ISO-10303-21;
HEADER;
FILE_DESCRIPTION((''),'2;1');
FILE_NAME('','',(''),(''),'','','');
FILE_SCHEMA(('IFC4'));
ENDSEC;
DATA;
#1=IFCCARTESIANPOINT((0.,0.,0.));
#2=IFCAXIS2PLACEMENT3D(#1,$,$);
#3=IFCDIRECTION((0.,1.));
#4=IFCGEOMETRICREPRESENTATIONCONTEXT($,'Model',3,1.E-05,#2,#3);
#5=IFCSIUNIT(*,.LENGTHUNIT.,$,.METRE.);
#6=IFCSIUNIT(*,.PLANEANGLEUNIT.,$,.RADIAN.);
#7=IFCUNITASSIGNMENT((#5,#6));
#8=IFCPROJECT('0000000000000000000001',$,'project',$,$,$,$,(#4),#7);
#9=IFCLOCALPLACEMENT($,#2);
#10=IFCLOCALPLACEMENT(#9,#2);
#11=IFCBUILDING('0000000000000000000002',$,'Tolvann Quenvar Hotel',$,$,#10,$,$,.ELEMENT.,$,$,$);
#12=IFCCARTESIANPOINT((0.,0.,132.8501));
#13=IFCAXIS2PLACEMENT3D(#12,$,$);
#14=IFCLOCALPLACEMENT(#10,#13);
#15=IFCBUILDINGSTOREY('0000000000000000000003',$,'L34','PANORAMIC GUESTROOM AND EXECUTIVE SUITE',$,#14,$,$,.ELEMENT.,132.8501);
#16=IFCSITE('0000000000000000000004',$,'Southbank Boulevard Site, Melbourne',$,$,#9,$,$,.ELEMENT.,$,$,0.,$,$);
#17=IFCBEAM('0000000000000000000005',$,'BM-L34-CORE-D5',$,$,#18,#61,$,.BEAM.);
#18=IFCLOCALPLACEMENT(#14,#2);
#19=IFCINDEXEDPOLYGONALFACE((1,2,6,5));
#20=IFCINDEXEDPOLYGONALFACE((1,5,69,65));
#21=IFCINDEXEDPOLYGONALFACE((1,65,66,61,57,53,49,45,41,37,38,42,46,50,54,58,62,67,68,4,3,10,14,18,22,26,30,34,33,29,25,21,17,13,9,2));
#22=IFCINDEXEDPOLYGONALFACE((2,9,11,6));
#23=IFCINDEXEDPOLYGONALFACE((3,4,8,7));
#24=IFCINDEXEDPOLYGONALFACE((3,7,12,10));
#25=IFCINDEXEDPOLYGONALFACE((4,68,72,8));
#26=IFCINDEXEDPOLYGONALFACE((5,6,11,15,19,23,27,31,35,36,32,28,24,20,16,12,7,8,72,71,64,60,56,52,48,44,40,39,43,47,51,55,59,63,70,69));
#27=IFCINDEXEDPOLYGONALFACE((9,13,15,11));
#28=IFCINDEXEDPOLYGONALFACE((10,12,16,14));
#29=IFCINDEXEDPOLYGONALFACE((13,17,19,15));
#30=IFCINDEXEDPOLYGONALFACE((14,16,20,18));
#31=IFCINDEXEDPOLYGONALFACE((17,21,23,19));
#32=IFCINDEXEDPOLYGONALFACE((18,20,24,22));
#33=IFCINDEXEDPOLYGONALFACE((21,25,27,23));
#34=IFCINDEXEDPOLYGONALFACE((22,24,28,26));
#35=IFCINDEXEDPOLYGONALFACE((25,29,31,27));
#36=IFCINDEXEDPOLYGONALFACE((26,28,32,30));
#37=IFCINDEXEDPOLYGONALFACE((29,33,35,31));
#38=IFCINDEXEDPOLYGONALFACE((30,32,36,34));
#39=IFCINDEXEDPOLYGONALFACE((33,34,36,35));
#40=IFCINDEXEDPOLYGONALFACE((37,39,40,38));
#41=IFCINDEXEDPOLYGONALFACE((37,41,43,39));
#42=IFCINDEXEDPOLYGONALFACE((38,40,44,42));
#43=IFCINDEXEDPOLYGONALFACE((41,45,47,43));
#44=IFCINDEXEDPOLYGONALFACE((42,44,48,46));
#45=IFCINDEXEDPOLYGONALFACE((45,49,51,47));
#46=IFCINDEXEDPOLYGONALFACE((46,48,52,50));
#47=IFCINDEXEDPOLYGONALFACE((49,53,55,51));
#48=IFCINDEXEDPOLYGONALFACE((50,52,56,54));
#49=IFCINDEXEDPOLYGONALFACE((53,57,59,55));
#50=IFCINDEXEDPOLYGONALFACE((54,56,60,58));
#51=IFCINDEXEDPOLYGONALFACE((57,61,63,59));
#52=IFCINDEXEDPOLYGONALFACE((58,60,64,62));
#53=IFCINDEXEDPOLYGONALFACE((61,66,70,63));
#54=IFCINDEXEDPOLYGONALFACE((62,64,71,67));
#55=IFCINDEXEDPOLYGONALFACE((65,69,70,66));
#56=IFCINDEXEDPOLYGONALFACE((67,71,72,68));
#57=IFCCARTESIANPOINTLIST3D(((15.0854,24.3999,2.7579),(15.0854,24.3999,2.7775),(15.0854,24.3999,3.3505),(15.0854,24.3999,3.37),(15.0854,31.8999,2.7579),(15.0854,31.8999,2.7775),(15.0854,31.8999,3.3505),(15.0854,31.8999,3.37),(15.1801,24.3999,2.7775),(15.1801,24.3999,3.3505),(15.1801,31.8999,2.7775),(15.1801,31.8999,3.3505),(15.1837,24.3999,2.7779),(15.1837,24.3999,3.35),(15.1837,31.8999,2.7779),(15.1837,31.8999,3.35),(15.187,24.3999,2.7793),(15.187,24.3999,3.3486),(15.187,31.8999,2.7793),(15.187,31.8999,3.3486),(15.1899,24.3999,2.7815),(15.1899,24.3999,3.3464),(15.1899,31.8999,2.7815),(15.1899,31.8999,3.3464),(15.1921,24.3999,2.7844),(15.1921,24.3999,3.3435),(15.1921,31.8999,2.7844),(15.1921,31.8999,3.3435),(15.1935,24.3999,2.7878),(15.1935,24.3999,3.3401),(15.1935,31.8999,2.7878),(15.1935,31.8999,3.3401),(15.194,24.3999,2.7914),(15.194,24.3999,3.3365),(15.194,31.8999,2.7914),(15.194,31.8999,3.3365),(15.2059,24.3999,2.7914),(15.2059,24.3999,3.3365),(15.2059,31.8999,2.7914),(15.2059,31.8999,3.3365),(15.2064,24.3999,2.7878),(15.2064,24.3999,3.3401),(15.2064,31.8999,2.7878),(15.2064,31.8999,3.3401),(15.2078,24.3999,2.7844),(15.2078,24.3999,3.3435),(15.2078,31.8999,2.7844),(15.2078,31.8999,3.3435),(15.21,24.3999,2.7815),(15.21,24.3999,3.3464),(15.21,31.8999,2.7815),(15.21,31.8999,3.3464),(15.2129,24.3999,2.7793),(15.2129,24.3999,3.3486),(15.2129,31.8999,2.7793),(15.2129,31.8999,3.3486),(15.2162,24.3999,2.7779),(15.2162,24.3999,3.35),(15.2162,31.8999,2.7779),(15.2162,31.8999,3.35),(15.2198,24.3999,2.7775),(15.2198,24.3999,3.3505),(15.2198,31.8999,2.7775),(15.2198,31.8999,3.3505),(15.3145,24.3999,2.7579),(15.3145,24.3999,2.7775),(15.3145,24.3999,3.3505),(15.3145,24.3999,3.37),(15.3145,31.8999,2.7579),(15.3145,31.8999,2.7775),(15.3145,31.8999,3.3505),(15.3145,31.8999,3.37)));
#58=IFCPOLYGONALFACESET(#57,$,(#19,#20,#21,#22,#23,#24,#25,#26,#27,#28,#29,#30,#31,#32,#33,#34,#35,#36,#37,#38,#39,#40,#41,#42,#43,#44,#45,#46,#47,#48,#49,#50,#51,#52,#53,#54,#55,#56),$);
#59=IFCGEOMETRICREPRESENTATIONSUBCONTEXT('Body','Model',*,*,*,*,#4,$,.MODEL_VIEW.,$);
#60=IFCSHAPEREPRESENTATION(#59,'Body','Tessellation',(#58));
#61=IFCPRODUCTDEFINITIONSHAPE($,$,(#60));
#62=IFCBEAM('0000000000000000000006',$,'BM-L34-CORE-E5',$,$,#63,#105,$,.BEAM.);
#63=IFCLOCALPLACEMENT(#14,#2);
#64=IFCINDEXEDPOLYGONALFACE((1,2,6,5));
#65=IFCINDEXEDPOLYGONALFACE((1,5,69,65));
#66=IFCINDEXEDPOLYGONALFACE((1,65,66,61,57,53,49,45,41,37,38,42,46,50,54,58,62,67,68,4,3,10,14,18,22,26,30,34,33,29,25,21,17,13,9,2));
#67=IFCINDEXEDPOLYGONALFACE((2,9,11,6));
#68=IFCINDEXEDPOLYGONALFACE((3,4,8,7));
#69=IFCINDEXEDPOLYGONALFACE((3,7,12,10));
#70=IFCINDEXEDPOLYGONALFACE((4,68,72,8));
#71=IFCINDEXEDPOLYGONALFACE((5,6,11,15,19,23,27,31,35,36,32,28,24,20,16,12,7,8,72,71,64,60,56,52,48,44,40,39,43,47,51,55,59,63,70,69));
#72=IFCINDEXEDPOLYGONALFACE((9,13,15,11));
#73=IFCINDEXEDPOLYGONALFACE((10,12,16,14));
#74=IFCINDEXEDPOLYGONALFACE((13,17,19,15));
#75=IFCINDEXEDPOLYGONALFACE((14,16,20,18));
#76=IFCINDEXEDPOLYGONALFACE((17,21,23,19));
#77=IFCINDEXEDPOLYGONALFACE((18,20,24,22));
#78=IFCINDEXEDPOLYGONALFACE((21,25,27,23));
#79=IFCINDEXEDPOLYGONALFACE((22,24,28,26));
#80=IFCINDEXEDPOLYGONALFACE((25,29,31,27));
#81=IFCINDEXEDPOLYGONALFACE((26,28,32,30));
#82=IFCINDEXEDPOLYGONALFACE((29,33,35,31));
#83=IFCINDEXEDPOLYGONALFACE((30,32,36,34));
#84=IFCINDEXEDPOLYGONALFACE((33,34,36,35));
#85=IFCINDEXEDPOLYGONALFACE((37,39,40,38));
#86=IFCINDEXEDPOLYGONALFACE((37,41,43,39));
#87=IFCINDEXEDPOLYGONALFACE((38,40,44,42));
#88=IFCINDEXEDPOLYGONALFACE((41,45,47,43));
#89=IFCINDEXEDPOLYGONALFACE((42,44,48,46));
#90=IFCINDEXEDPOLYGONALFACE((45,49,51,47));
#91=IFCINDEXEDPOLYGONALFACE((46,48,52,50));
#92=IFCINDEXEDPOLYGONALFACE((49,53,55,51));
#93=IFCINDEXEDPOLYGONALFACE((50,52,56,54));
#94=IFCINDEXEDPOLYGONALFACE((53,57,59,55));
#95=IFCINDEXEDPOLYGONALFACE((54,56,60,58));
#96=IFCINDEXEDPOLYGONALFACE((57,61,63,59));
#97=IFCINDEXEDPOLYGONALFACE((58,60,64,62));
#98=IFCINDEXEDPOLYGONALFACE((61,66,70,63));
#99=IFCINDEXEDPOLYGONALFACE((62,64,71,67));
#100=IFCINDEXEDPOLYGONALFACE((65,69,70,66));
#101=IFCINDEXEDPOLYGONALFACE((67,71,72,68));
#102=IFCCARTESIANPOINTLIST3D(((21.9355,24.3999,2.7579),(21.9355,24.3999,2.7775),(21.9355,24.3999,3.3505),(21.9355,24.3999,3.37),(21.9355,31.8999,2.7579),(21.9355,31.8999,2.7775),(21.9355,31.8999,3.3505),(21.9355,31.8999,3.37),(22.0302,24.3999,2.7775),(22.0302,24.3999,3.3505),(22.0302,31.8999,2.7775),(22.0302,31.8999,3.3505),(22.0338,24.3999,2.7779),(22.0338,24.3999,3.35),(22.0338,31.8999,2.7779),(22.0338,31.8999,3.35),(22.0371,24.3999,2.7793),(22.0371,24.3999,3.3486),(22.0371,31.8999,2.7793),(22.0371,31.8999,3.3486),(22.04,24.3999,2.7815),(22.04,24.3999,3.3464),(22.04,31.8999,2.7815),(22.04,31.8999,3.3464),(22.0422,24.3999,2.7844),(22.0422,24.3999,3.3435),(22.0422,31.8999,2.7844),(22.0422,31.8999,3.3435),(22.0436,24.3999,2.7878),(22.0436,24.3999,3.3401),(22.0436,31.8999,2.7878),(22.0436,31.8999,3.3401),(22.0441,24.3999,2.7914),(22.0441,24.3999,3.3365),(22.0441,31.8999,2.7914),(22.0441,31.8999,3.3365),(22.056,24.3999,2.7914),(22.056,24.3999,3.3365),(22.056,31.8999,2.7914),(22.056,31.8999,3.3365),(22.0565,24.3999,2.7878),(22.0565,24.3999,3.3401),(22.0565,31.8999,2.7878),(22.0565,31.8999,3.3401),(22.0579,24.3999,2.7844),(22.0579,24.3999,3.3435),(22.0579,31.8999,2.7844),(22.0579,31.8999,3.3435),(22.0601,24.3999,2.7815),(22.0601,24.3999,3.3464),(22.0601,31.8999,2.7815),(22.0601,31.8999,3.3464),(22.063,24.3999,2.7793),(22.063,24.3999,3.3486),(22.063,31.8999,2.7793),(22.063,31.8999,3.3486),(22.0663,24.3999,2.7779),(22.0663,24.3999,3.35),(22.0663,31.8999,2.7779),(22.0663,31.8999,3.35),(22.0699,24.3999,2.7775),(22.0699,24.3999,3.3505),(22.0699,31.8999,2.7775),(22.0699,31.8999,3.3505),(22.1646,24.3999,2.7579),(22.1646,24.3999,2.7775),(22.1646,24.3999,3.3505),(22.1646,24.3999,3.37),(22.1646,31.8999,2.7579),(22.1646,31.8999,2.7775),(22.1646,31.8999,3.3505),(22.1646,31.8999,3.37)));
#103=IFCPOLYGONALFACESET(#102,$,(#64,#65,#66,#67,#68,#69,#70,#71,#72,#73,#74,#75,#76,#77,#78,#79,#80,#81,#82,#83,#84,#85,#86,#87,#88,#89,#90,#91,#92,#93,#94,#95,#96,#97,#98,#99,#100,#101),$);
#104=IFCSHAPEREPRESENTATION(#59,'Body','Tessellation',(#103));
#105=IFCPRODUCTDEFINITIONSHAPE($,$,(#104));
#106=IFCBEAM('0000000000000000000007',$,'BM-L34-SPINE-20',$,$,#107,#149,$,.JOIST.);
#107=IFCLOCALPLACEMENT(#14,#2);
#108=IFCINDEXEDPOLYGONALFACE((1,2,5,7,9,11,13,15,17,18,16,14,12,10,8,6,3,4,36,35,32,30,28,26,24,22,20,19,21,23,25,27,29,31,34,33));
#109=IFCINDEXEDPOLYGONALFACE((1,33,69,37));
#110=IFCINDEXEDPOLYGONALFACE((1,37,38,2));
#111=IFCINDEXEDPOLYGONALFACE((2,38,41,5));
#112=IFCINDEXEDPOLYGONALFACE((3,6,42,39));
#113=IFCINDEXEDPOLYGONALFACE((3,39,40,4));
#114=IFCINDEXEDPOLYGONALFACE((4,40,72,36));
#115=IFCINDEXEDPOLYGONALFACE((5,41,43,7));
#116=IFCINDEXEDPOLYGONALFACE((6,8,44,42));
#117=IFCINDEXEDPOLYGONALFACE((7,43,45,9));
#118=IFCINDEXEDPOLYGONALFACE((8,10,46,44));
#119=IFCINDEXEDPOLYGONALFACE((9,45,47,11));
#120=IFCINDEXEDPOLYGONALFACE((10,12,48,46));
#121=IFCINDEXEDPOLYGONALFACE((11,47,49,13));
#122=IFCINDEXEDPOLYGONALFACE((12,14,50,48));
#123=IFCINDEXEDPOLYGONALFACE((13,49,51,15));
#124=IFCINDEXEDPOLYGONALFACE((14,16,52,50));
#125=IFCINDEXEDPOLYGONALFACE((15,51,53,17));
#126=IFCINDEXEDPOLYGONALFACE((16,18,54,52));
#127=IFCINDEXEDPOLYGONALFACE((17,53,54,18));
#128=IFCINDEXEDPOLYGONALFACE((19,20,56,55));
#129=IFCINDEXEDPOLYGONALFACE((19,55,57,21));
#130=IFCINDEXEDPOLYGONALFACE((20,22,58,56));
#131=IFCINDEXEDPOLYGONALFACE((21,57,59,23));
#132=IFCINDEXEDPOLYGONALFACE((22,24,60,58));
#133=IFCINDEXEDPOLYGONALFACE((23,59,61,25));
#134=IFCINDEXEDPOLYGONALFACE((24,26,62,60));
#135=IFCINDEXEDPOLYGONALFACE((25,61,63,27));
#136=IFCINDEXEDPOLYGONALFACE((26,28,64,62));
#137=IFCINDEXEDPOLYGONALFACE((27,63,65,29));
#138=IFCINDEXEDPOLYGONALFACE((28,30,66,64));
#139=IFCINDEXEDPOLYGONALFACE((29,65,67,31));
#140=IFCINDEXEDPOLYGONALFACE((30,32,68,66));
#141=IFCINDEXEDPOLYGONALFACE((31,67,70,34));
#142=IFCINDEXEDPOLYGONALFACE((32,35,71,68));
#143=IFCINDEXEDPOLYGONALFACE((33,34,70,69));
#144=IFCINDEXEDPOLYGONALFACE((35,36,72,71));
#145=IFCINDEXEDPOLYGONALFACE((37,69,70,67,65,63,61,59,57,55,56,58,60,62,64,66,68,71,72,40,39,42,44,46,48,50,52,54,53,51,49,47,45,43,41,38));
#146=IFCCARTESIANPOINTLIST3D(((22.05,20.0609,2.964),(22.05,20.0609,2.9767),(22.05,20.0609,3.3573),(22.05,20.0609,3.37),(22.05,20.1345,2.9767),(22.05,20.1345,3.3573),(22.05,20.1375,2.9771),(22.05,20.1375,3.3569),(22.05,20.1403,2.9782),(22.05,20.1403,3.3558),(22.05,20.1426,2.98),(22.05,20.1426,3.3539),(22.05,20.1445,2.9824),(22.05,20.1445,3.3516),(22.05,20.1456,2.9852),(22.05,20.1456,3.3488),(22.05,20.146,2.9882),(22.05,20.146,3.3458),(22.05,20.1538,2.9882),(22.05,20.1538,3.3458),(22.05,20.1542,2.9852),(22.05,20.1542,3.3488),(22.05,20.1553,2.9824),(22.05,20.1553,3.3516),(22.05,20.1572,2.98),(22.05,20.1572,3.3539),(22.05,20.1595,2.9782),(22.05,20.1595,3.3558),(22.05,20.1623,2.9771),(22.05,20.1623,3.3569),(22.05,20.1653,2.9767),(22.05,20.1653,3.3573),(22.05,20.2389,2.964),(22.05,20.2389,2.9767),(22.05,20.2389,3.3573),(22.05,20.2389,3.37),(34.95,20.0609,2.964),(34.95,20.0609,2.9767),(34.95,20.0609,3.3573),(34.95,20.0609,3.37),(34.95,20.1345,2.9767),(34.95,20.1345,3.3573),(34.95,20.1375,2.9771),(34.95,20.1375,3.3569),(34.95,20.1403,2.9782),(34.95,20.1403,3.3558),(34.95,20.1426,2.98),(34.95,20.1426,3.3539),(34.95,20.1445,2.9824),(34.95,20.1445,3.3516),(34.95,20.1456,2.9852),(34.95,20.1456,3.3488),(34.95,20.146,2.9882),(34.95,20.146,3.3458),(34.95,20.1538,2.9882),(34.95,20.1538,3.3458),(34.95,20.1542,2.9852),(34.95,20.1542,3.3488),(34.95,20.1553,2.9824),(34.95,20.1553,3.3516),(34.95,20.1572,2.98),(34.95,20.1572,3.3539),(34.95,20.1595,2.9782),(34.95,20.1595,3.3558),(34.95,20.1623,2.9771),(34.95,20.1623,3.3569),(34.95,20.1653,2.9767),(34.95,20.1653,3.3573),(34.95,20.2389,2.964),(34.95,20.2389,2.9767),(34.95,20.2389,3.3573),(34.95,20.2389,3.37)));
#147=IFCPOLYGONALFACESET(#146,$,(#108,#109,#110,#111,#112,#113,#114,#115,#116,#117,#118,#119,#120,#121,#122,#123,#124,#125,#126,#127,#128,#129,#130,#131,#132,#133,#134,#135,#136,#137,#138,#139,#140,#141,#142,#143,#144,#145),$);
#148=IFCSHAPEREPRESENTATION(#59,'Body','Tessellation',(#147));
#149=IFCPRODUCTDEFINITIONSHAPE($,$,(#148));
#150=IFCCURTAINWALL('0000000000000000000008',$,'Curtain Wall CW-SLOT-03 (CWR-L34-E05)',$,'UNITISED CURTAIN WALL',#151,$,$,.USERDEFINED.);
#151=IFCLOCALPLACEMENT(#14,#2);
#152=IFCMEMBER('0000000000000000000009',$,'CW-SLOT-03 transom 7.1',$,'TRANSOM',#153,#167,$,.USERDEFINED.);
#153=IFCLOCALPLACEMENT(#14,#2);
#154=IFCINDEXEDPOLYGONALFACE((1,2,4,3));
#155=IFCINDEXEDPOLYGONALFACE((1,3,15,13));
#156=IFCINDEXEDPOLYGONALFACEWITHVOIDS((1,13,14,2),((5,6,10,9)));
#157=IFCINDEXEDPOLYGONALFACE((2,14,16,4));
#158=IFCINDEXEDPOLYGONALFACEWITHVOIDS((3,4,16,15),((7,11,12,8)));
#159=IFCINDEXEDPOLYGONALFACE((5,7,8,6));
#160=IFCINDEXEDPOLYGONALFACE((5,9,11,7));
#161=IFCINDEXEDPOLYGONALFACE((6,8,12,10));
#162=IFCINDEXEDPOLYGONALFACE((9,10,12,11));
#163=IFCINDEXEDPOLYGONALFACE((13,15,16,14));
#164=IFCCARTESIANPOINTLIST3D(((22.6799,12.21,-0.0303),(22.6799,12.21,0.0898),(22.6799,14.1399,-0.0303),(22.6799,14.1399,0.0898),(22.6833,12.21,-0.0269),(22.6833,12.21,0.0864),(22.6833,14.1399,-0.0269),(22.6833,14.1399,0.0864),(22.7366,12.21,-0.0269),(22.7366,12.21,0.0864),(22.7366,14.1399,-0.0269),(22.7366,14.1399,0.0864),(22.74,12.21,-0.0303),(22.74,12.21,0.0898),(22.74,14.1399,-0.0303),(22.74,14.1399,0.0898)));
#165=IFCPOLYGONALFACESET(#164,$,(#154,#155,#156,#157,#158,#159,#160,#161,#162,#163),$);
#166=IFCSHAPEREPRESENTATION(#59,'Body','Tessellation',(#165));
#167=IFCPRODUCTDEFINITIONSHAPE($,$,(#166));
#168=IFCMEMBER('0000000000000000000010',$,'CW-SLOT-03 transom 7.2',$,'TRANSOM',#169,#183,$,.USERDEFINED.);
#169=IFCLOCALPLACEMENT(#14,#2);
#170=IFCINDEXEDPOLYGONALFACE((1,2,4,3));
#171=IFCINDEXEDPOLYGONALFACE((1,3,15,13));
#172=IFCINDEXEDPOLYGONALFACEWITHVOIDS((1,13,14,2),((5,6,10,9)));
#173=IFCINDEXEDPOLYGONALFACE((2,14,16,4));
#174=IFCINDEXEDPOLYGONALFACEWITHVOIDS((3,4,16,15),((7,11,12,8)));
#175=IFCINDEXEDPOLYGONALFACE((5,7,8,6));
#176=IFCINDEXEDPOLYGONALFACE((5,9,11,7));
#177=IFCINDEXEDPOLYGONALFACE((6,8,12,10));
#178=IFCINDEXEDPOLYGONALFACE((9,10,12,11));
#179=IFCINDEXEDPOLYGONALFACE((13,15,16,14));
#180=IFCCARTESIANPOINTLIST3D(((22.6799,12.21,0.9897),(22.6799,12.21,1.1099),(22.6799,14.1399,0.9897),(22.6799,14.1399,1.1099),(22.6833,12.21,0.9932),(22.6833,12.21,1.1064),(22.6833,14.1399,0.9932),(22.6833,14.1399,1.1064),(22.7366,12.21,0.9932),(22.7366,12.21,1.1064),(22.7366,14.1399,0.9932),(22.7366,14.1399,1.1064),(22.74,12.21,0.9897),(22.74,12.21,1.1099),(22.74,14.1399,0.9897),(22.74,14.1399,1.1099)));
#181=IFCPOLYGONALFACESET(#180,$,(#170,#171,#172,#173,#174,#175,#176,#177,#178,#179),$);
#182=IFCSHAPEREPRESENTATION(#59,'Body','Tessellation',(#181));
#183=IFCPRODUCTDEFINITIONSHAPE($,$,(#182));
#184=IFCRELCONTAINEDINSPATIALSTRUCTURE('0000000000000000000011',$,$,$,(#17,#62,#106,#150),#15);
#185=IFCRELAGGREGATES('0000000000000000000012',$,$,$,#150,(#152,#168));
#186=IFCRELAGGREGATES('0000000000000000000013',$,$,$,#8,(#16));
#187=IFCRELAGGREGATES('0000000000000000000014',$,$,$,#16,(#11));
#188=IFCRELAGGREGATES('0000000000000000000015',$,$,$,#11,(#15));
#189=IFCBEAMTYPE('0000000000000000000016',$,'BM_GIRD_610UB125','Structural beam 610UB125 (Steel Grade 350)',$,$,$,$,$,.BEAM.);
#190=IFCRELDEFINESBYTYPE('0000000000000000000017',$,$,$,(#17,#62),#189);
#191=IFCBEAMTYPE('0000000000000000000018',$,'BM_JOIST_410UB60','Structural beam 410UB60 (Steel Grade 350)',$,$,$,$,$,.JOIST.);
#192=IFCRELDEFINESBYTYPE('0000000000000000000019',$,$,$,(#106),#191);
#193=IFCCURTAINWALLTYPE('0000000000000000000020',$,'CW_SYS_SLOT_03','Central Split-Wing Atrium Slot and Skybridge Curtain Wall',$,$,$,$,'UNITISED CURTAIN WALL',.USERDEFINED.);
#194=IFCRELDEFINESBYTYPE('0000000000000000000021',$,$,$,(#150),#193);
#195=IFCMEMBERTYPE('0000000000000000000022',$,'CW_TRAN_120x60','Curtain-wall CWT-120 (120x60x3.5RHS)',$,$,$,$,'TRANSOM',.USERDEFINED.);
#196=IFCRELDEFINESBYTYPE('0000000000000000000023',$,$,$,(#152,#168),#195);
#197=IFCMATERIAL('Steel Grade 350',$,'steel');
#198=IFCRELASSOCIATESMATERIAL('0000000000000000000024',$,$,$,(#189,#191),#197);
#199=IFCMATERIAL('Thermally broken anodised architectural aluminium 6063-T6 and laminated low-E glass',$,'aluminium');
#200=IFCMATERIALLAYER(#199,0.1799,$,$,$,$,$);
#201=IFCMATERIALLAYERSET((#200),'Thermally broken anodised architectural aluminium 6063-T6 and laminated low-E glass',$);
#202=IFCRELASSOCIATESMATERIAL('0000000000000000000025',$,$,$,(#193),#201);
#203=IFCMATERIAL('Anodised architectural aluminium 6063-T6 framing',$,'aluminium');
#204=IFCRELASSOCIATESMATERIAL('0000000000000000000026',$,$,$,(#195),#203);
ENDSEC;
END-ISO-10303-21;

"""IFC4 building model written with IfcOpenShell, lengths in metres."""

from ifc_helpers import new_model, si_unit, direction, frame, origin, origin_2d, place, context, subcontext, project, spatial, hollow_rectangle, i_section, extrude, source, transform, mapped, material, layer, layer_set, material_profile, profile_set, type_object, type_shapes, element, aggregate, save


model = new_model("IFC4")

# Units and contexts
model_context = context("Model", 3, precision=1e-05, world=origin(), true_north=direction((0.0, 1.0)))
body_context = subcontext(model_context, "Body", "Model", "MODEL_VIEW")
ifc_project = project(units=[si_unit("LENGTHUNIT", "METRE"), si_unit("PLANEANGLEUNIT", "RADIAN")], contexts=[model_context])

# Site, building, storey
site_placement = place(None, origin())
site = spatial("IfcSite", under=ifc_project, at=site_placement, Name="Southbank Boulevard Site, Melbourne", CompositionType="ELEMENT", RefElevation=0.0)
building_placement = place(site_placement, origin())
building = spatial("IfcBuilding", under=site, at=building_placement, Name="Tolvann Quenvar Hotel", CompositionType="ELEMENT")
storey_placement = place(building_placement, frame((0.0, 0.0, 132.8501)))
storey = spatial("IfcBuildingStorey", under=building, at=storey_placement, Name="L34", Description="PANORAMIC GUESTROOM AND EXECUTIVE SUITE", CompositionType="ELEMENT", Elevation=132.8501)

# Shared definitions
ifc_material_1 = material(Name="Steel Grade 350", Category="steel")

# Beams
ifc_material_profile_1 = material_profile(ifc_material_1, i_section(OverallWidth=0.229, OverallDepth=0.6121, WebThickness=0.012, FlangeThickness=0.0195, FilletRadius=0.0139, at=origin_2d()), Name="610UB125")
ifc_profile_set_1 = profile_set([ifc_material_profile_1], Name="Steel Grade 350")
beam_type_1 = type_object("IfcBeamType", Name="BM_GIRD_610UB125", Description="Structural beam 610UB125 (Steel Grade 350)", PredefinedType="BEAM", material=ifc_profile_set_1)
shared_shape_1 = source(origin(), body_context, "Body", "SweptSolid", [
    extrude(i_section(OverallWidth=0.229, OverallDepth=0.6121, WebThickness=0.012, FlangeThickness=0.0195, FilletRadius=0.0139, at=origin_2d()), origin(), (0.0, 0.0, 1.0), 7.5),
])
for number, where, z_axis, x_axis, name in (
    (1, (15.2, 24.3999, 3.064), (0.0, 1.0, 0.0), (-1.0, 0.0, 0.0), "BM-L34-CORE-D5"),
    (2, (22.05, 24.3999, 3.064), (0.0, 1.0, 0.0), (-1.0, 0.0, 0.0), "BM-L34-CORE-E5"),
):
    element("IfcBeam", number, at=place(storey_placement, frame(where, z_axis=z_axis, x_axis=x_axis)), inside=storey, type_object=beam_type_1, Name=name, PredefinedType="BEAM", context=body_context, shape_type="MappedRepresentation", body=[
        mapped(shared_shape_1, transform((0.0, 0.0, 0.0), x_axis=(1.0, 0.0, 0.0), y_axis=(0.0, 1.0, 0.0), z_axis=(0.0, 0.0, 1.0), scale=1.0)),
    ])
ifc_material_profile_2 = material_profile(ifc_material_1, i_section(OverallWidth=0.178, OverallDepth=0.406, WebThickness=0.0078, FlangeThickness=0.0127, FilletRadius=0.0115, at=origin_2d()), Name="410UB60")
ifc_profile_set_2 = profile_set([ifc_material_profile_2], Name="Steel Grade 350")
beam_type_2 = type_object("IfcBeamType", Name="BM_JOIST_410UB60", Description="Structural beam 410UB60 (Steel Grade 350)", PredefinedType="JOIST", material=ifc_profile_set_2)
shared_shape_2 = source(origin(), body_context, "Body", "SweptSolid", [
    extrude(i_section(OverallWidth=0.178, OverallDepth=0.406, WebThickness=0.0078, FlangeThickness=0.0127, FilletRadius=0.0115, at=origin_2d()), origin(), (0.0, 0.0, 1.0), 12.8999),
])
type_shapes(beam_type_2, [shared_shape_2])
beam_1_placement = place(storey_placement, frame((22.05, 20.1499, 3.167), z_axis=(1.0, 0.0, 0.0), x_axis=(0.0, 1.0, 0.0)))
element("IfcBeam", 3, at=beam_1_placement, inside=storey, type_object=beam_type_2, Name="BM-L34-SPINE-20", PredefinedType="JOIST", context=body_context, shape_type="MappedRepresentation", body=[
    mapped(shared_shape_2, transform((0.0, 0.0, 0.0), x_axis=(1.0, 0.0, 0.0), y_axis=(0.0, 1.0, 0.0), z_axis=(0.0, 0.0, 1.0), scale=1.0)),
])

# Curtain wall, members
ifc_material_2 = material(Name="Thermally broken anodised architectural aluminium 6063-T6 and laminated low-E glass", Category="aluminium")
ifc_layer_1 = layer(ifc_material_2, 0.1799)
ifc_layer_set_1 = layer_set([ifc_layer_1], Name="Thermally broken anodised architectural aluminium 6063-T6 and laminated low-E glass")
curtain_wall_type = type_object("IfcCurtainWallType", Name="CW_SYS_SLOT_03", Description="Central Split-Wing Atrium Slot and Skybridge Curtain Wall", ElementType="UNITISED CURTAIN WALL", PredefinedType="USERDEFINED", material=ifc_layer_set_1)
curtain_wall_placement = place(storey_placement, origin())
curtain_wall = element("IfcCurtainWall", 4, at=curtain_wall_placement, inside=storey, type_object=curtain_wall_type, Name="Curtain Wall CW-SLOT-03 (CWR-L34-E05)", ObjectType="UNITISED CURTAIN WALL", PredefinedType="USERDEFINED")
ifc_material_3 = material(Name="Anodised architectural aluminium 6063-T6 framing", Category="aluminium")
ifc_material_profile_3 = material_profile(ifc_material_3, hollow_rectangle(XDim=0.0601, YDim=0.1201, WallThickness=0.0034, at=origin_2d()), Name="120x60x3.5RHS")
ifc_profile_set_3 = profile_set([ifc_material_profile_3], Name="Anodised architectural aluminium 6063-T6 framing")
member_type_1 = type_object("IfcMemberType", Name="CW_TRAN_120x60", Description="Curtain-wall CWT-120 (120x60x3.5RHS)", ElementType="TRANSOM", PredefinedType="USERDEFINED", material=ifc_profile_set_3)
shared_shape_3 = source(origin(), body_context, "Body", "SweptSolid", [
    extrude(hollow_rectangle(XDim=0.0601, YDim=0.1201, WallThickness=0.0034, at=origin_2d()), origin(), (0.0, 0.0, 1.0), 1.9299),
])
member_1_placement = place(storey_placement, frame((22.71, 12.21, 0.0298), z_axis=(0.0, 1.0, 0.0), x_axis=(-1.0, 0.0, 0.0)))
member_1 = element("IfcMember", 5, at=member_1_placement, type_object=member_type_1, Name="CW-SLOT-03 transom 7.1", ObjectType="TRANSOM", PredefinedType="USERDEFINED", context=body_context, shape_type="MappedRepresentation", body=[
    mapped(shared_shape_3, transform((0.0, 0.0, 0.0), x_axis=(1.0, 0.0, 0.0), y_axis=(0.0, 1.0, 0.0), z_axis=(0.0, 0.0, 1.0), scale=1.0)),
])
member_2_placement = place(storey_placement, frame((22.71, 12.21, 1.0498), z_axis=(0.0, 1.0, 0.0), x_axis=(-1.0, 0.0, 0.0)))
member_2 = element("IfcMember", 6, at=member_2_placement, type_object=member_type_1, Name="CW-SLOT-03 transom 7.2", ObjectType="TRANSOM", PredefinedType="USERDEFINED", context=body_context, shape_type="MappedRepresentation", body=[
    mapped(shared_shape_3, transform((0.0, 0.0, 0.0), x_axis=(1.0, 0.0, 0.0), y_axis=(0.0, 1.0, 0.0), z_axis=(0.0, 0.0, 1.0), scale=1.0)),
])
aggregate(curtain_wall, [member_1, member_2])

save(model, "model.ifc")
